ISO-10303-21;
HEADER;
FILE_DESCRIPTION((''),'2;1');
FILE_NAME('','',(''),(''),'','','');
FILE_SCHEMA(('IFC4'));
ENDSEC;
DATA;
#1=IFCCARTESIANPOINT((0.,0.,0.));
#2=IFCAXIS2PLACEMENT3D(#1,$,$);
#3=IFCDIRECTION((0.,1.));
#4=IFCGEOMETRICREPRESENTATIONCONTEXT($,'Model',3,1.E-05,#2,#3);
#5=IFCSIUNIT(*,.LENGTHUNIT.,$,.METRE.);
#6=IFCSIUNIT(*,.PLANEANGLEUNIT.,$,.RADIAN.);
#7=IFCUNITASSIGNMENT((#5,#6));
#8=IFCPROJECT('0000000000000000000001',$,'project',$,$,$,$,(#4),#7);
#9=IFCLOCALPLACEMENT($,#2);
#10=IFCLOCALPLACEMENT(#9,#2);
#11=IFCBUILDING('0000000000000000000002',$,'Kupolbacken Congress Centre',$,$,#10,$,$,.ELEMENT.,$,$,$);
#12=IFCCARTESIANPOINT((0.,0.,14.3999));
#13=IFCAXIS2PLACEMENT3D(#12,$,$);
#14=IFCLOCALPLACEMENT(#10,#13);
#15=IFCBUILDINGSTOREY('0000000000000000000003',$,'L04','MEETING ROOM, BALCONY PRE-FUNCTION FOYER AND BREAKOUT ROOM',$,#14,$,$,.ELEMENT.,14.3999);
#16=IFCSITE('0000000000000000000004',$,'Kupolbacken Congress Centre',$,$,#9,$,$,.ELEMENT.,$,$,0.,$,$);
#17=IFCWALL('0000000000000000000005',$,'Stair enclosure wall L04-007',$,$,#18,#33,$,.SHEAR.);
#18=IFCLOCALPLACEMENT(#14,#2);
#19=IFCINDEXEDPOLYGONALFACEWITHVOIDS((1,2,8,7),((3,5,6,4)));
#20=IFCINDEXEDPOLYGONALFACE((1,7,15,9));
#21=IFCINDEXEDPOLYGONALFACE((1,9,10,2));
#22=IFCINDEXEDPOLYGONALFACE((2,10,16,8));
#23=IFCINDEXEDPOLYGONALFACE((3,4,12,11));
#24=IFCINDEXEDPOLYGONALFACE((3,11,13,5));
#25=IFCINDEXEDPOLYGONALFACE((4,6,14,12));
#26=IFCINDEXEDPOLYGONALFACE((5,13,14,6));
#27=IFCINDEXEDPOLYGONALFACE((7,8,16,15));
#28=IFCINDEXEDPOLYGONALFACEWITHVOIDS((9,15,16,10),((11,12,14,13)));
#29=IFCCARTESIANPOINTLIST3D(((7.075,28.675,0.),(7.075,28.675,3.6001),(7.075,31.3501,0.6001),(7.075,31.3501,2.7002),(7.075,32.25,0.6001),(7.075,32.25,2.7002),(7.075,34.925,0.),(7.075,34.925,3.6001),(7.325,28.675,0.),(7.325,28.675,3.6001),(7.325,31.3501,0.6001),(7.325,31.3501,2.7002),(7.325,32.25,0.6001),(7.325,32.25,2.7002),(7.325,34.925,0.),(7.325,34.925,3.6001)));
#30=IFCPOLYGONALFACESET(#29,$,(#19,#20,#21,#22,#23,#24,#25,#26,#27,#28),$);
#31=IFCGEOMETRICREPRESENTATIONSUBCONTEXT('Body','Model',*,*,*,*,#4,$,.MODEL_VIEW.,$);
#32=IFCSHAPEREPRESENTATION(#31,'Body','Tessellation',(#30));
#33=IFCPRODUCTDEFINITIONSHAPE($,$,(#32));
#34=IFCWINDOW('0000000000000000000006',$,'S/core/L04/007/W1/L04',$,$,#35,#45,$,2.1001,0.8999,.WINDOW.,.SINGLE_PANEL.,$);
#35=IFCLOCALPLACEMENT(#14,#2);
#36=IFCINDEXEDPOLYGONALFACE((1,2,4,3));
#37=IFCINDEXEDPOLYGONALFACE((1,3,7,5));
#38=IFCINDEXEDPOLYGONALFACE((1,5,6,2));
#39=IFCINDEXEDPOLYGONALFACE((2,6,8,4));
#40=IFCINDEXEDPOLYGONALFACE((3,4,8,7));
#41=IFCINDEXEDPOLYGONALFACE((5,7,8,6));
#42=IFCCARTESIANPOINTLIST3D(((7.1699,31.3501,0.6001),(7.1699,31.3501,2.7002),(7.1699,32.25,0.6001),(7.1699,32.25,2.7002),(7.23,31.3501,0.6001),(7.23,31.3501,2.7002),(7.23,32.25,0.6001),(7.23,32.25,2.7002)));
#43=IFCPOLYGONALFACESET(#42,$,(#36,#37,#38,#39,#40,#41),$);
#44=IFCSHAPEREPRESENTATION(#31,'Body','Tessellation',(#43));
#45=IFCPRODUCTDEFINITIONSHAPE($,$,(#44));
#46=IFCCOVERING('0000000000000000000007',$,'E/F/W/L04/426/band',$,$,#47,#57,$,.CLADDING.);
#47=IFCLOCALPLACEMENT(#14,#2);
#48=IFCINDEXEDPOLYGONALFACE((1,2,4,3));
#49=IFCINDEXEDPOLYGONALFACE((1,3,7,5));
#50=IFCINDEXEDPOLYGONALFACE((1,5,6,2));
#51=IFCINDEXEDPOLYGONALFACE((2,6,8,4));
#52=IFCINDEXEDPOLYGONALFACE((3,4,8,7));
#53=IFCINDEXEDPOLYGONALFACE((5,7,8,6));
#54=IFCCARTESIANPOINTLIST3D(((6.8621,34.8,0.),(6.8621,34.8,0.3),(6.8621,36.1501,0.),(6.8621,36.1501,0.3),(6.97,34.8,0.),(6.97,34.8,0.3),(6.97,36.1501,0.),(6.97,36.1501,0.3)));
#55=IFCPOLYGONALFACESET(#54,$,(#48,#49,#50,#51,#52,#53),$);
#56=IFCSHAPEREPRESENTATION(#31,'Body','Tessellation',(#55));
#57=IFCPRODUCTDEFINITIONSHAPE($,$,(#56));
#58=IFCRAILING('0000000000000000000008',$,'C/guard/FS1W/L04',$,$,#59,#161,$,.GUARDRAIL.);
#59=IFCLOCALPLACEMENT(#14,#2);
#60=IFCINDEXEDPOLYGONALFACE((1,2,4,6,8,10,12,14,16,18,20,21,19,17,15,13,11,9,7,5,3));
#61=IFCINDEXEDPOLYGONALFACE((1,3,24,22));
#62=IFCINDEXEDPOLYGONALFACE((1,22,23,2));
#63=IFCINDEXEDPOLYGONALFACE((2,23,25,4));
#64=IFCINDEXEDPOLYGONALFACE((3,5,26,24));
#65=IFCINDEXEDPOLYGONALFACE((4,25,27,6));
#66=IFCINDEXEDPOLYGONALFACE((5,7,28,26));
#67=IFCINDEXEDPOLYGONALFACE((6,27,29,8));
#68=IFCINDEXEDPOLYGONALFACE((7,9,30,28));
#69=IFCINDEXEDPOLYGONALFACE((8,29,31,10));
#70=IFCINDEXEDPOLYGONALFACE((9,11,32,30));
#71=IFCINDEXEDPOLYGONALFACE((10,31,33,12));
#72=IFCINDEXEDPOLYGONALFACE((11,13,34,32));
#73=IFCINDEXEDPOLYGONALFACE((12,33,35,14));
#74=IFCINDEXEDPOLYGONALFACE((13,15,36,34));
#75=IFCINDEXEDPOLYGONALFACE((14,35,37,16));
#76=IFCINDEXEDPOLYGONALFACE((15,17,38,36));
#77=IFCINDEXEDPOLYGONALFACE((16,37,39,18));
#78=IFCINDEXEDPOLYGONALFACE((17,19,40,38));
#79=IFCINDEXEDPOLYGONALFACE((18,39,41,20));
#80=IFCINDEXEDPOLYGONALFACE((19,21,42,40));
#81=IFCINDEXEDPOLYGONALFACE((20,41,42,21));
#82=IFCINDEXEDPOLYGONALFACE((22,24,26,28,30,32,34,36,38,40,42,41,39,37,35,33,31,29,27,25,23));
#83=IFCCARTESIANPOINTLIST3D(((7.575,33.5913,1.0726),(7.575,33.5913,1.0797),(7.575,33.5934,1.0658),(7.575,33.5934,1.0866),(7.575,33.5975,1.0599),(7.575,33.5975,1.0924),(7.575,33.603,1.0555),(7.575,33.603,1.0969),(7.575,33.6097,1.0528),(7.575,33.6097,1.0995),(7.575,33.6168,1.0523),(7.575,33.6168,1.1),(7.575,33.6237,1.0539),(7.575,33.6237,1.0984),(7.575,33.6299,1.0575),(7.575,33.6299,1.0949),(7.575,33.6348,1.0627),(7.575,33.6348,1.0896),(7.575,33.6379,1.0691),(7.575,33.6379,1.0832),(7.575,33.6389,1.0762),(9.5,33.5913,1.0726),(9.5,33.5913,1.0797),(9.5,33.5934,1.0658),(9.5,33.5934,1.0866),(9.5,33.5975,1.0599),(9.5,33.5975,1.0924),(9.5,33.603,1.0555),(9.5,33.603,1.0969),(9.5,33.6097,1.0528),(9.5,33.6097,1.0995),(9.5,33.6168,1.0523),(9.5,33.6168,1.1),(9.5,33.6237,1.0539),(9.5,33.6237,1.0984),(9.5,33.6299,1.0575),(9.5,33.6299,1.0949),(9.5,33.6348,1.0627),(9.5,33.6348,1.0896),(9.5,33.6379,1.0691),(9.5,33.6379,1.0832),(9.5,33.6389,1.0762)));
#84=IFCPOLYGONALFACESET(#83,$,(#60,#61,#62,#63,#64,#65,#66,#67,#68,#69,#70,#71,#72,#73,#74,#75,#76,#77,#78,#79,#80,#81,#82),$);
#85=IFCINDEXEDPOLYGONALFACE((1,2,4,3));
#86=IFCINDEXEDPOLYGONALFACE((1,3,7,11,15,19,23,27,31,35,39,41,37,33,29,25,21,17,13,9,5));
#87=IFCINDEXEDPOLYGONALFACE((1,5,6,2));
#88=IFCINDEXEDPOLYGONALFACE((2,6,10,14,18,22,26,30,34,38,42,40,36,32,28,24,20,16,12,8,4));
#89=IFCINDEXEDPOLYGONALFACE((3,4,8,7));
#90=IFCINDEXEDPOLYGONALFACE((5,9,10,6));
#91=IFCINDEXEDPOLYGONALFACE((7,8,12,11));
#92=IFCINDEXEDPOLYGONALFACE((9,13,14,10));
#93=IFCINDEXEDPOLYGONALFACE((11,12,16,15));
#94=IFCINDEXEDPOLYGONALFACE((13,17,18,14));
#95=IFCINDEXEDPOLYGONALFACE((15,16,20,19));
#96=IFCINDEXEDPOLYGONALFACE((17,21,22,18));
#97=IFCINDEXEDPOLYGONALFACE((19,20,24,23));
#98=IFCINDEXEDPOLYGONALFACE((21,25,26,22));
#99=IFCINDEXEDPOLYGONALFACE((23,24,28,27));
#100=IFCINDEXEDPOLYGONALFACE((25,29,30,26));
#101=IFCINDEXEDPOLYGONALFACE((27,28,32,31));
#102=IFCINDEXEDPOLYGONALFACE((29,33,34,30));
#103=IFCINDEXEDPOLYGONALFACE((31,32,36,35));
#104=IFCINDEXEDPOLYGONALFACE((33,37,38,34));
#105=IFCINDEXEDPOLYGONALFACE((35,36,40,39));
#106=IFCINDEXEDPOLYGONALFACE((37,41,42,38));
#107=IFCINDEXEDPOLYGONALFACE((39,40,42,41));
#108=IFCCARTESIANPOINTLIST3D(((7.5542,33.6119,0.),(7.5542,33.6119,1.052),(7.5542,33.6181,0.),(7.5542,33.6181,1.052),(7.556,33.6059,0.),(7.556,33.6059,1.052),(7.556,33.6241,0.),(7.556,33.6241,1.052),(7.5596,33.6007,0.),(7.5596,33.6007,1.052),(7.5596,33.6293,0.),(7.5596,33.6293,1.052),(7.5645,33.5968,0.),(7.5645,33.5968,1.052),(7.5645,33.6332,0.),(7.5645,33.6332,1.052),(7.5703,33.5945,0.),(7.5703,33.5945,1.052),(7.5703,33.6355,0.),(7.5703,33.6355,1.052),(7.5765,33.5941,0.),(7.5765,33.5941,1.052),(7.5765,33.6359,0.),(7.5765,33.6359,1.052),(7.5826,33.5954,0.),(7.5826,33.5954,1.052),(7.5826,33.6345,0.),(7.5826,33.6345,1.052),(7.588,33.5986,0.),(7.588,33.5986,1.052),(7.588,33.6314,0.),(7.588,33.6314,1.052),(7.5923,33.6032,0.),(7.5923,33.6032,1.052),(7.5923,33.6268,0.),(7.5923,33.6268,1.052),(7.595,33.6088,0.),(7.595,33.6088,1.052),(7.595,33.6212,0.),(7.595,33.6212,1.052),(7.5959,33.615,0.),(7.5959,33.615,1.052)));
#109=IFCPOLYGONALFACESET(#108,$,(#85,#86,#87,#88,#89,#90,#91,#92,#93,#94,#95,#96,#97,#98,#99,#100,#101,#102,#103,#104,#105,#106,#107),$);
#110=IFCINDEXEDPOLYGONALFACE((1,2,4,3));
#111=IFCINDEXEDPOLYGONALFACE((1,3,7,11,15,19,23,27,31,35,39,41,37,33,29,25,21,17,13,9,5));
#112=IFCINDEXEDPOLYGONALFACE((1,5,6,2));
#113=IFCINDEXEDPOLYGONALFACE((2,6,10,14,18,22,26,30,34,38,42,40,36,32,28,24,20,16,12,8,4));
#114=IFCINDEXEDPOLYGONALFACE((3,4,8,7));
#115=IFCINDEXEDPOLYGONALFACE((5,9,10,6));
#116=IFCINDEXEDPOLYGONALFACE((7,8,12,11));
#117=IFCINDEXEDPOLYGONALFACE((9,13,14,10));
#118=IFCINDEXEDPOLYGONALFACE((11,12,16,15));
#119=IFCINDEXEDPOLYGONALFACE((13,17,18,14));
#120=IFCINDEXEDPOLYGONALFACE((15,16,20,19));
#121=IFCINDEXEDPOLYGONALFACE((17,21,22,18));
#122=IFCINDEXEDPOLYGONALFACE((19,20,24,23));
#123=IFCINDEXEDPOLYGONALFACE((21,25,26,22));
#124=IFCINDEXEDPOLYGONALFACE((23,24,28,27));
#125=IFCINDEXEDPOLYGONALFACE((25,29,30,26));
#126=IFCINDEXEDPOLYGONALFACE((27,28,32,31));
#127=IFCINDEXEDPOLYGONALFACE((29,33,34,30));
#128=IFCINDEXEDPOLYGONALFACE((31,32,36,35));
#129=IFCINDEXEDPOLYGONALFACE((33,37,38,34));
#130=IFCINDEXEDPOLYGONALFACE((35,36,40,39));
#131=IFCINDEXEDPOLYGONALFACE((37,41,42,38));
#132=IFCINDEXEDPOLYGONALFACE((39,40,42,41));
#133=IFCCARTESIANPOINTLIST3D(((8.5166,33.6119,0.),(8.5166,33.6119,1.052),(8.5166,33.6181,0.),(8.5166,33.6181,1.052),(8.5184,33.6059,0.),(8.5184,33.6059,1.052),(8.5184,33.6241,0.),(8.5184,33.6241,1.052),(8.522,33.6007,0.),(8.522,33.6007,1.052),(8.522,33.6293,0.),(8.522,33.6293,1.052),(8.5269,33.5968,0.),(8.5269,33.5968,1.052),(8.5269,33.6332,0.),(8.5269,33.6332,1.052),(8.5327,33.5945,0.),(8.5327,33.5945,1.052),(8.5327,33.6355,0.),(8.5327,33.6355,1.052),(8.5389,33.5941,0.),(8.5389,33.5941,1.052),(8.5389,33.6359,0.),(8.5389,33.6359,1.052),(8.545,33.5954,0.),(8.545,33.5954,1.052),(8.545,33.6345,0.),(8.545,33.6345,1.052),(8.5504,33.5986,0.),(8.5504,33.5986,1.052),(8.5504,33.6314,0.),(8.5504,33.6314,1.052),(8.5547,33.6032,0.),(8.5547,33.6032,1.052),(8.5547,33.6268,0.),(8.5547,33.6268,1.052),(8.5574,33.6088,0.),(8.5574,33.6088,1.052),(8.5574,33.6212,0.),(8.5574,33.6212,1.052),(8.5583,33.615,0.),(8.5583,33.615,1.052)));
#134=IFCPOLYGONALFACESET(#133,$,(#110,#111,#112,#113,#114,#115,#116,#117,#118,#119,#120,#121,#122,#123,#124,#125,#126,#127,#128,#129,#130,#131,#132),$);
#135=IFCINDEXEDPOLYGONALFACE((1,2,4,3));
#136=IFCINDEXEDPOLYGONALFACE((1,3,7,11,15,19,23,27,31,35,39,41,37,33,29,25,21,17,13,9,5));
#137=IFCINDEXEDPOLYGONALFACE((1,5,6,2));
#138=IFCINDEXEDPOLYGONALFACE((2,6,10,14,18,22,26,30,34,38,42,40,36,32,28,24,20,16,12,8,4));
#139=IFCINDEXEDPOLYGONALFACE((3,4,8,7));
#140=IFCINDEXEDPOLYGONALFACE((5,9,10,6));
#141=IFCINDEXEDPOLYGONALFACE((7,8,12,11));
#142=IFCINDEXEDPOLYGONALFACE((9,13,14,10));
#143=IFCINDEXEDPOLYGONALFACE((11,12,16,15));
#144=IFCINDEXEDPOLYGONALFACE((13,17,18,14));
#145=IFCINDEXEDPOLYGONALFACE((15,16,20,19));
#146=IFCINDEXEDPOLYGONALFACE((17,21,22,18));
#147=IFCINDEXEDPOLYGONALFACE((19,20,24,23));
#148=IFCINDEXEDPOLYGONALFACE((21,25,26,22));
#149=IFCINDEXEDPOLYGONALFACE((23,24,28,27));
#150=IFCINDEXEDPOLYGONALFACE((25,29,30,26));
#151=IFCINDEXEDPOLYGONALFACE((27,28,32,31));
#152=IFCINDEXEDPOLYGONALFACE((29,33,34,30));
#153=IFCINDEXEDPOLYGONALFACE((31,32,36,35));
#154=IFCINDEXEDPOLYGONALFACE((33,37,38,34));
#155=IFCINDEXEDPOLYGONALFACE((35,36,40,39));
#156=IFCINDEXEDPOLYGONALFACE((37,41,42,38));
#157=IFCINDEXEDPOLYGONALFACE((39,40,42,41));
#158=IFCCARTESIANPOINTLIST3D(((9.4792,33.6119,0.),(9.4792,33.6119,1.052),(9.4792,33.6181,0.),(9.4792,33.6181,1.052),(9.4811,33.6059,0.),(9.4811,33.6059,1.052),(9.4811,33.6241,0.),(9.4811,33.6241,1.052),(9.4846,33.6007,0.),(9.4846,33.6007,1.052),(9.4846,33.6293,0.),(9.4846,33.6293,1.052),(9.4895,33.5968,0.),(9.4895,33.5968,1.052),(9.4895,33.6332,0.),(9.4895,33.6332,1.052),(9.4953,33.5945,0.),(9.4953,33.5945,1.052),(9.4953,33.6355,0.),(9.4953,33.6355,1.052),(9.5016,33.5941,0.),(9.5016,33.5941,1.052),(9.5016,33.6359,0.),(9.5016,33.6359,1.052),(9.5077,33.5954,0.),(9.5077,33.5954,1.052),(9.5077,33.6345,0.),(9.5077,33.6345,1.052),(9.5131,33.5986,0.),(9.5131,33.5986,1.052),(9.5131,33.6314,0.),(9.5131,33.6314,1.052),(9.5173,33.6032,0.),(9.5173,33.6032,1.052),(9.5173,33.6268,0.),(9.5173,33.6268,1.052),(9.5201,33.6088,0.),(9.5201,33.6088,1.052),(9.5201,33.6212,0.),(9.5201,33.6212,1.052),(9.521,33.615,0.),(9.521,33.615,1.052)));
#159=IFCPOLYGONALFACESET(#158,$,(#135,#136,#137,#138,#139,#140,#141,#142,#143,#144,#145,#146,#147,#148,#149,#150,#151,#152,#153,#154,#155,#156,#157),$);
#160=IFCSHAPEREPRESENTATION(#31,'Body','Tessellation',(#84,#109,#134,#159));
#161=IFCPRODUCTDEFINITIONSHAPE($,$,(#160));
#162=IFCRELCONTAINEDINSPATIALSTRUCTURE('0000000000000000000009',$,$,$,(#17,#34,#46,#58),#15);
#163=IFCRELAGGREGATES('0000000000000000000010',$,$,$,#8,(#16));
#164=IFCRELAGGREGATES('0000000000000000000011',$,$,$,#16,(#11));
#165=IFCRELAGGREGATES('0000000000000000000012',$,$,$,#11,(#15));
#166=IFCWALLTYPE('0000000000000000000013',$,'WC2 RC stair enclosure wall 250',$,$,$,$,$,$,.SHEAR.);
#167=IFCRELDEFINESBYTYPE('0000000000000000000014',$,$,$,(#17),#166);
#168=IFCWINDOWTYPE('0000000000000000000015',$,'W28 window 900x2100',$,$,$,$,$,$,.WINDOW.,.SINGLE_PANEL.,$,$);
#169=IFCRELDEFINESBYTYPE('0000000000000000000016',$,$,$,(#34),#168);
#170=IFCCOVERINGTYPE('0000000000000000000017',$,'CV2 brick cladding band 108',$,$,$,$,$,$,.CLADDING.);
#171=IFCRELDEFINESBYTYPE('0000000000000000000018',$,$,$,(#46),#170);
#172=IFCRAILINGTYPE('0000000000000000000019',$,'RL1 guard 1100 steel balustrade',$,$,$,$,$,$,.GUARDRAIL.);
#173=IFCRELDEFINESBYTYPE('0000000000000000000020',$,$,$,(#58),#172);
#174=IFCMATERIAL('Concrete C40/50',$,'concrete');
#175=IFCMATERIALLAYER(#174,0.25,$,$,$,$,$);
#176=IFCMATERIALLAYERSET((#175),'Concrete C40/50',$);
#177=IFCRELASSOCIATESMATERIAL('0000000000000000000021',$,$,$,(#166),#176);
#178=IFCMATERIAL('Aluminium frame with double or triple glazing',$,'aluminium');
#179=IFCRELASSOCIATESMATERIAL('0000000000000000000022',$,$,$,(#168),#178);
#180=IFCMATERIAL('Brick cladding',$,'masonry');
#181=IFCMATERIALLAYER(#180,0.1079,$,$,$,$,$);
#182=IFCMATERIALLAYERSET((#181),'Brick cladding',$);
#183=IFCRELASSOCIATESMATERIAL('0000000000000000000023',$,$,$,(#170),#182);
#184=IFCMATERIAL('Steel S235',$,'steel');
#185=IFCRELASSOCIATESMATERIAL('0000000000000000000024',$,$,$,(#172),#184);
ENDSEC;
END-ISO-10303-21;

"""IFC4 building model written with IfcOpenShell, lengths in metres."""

from ifc_helpers import new_model, si_unit, direction, frame, frame_2d, origin, origin_2d, place, context, subcontext, project, spatial, rectangle, circle, extrude, material, layer, layer_set, type_object, element, fill, save


model = new_model("IFC4")

# Units and contexts
model_context = context("Model", 3, precision=1e-05, world=origin(), true_north=direction((0.0, 1.0)))
body_context = subcontext(model_context, "Body", "Model", "MODEL_VIEW")
ifc_project = project(units=[si_unit("LENGTHUNIT", "METRE"), si_unit("PLANEANGLEUNIT", "RADIAN")], contexts=[model_context])

# Site, building, storey
site_placement = place(None, origin())
site = spatial("IfcSite", under=ifc_project, at=site_placement, Name="Kupolbacken Congress Centre", CompositionType="ELEMENT", RefElevation=0.0)
building_placement = place(site_placement, origin())
building = spatial("IfcBuilding", under=site, at=building_placement, Name="Kupolbacken Congress Centre", CompositionType="ELEMENT")
storey_placement = place(building_placement, frame((0.0, 0.0, 14.3999)))
storey = spatial("IfcBuildingStorey", under=building, at=storey_placement, Name="L04", Description="MEETING ROOM, BALCONY PRE-FUNCTION FOYER AND BREAKOUT ROOM", CompositionType="ELEMENT", Elevation=14.3999)

# Wall, opening, window
ifc_material_1 = material(Name="Concrete C40/50", Category="concrete")
ifc_layer_1 = layer(ifc_material_1, 0.25)
ifc_layer_set_1 = layer_set([ifc_layer_1], Name="Concrete C40/50")
wall_type_1 = type_object("IfcWallType", Name="WC2 RC stair enclosure wall 250", PredefinedType="SHEAR", material=ifc_layer_set_1)
wall_1_placement = place(storey_placement, frame((7.2, 34.925, 0.0), z_axis=(0.0, 0.0, 1.0), x_axis=(0.0, -1.0, 0.0)))
wall_1 = element("IfcWall", 1, at=wall_1_placement, inside=storey, type_object=wall_type_1, Name="Stair enclosure wall L04-007", PredefinedType="SHEAR", context=body_context, shape_type="SweptSolid", body=[
    extrude(rectangle(XDim=6.25, YDim=0.25, at=frame_2d((3.125, 0.0))), origin(), (0.0, 0.0, 1.0), 3.6001),
])
opening_1_placement = place(wall_1_placement, frame((2.675, 0.0, 0.6001)))
opening_1 = element("IfcOpeningElement", 2, at=opening_1_placement, cuts=wall_1, PredefinedType="OPENING", context=body_context, shape_type="SweptSolid", body=[
    extrude(rectangle(XDim=0.8999, YDim=2.1001, at=frame_2d((0.45, 1.05))), frame((0.0, 0.135, 0.0), z_axis=(0.0, -1.0, 0.0), x_axis=(1.0, 0.0, 0.0)), (0.0, 0.0, 1.0), 0.27),
])
ifc_material_2 = material(Name="Aluminium frame with double or triple glazing", Category="aluminium")
window_type = type_object("IfcWindowType", Name="W28 window 900x2100", PartitioningType="SINGLE_PANEL", PredefinedType="WINDOW", material=ifc_material_2)
window_placement = place(opening_1_placement, origin())
window = element("IfcWindow", 3, at=window_placement, inside=storey, type_object=window_type, Name="S/core/L04/007/W1/L04", OverallHeight=2.1001, OverallWidth=0.8999, PartitioningType="SINGLE_PANEL", PredefinedType="WINDOW", context=body_context, shape_type="SweptSolid", body=[
    extrude(rectangle(XDim=0.8999, YDim=2.1001, at=frame_2d((0.45, 1.05))), frame((0.0, 0.03, 0.0), z_axis=(0.0, -1.0, 0.0), x_axis=(1.0, 0.0, 0.0)), (0.0, 0.0, 1.0), 0.0601),
])
fill(opening_1, window)

# Covering
ifc_material_3 = material(Name="Brick cladding", Category="masonry")
ifc_layer_2 = layer(ifc_material_3, 0.1079)
ifc_layer_set_2 = layer_set([ifc_layer_2], Name="Brick cladding")
covering_type = type_object("IfcCoveringType", Name="CV2 brick cladding band 108", PredefinedType="CLADDING", material=ifc_layer_set_2)
covering_placement = place(storey_placement, frame((6.916, 35.4751, 0.0), z_axis=(0.0, 0.0, 1.0), x_axis=(0.0, -1.0, 0.0)))
element("IfcCovering", 4, at=covering_placement, inside=storey, type_object=covering_type, Name="E/F/W/L04/426/band", PredefinedType="CLADDING", context=body_context, shape_type="SweptSolid", body=[
    extrude(rectangle(XDim=1.3501, YDim=0.1079, at=origin_2d()), origin(), (0.0, 0.0, 1.0), 0.3),
])

# Railing
ifc_material_4 = material(Name="Steel S235", Category="steel")
railing_type = type_object("IfcRailingType", Name="RL1 guard 1100 steel balustrade", PredefinedType="GUARDRAIL", material=ifc_material_4)
railing_placement = place(storey_placement, frame((7.575, 33.615, 0.0)))
element("IfcRailing", 5, at=railing_placement, inside=storey, type_object=railing_type, Name="C/guard/FS1W/L04", PredefinedType="GUARDRAIL", context=body_context, shape_type="SweptSolid", body=[
    extrude(circle(Radius=0.0239, at=origin_2d()), frame((0.0, 0.0, 1.0762), z_axis=(1.0, 0.0, 0.0), x_axis=(0.0, 1.0, 0.0)), (0.0, 0.0, 1.0), 1.925),
    extrude(circle(Radius=0.021, at=origin_2d()), origin(), (0.0, 0.0, 1.0), 1.052),
    extrude(circle(Radius=0.021, at=origin_2d()), frame((0.9624, 0.0, 0.0)), (0.0, 0.0, 1.0), 1.052),
    extrude(circle(Radius=0.021, at=origin_2d()), frame((1.925, 0.0, 0.0)), (0.0, 0.0, 1.0), 1.052),
])

save(model, "model.ifc")
